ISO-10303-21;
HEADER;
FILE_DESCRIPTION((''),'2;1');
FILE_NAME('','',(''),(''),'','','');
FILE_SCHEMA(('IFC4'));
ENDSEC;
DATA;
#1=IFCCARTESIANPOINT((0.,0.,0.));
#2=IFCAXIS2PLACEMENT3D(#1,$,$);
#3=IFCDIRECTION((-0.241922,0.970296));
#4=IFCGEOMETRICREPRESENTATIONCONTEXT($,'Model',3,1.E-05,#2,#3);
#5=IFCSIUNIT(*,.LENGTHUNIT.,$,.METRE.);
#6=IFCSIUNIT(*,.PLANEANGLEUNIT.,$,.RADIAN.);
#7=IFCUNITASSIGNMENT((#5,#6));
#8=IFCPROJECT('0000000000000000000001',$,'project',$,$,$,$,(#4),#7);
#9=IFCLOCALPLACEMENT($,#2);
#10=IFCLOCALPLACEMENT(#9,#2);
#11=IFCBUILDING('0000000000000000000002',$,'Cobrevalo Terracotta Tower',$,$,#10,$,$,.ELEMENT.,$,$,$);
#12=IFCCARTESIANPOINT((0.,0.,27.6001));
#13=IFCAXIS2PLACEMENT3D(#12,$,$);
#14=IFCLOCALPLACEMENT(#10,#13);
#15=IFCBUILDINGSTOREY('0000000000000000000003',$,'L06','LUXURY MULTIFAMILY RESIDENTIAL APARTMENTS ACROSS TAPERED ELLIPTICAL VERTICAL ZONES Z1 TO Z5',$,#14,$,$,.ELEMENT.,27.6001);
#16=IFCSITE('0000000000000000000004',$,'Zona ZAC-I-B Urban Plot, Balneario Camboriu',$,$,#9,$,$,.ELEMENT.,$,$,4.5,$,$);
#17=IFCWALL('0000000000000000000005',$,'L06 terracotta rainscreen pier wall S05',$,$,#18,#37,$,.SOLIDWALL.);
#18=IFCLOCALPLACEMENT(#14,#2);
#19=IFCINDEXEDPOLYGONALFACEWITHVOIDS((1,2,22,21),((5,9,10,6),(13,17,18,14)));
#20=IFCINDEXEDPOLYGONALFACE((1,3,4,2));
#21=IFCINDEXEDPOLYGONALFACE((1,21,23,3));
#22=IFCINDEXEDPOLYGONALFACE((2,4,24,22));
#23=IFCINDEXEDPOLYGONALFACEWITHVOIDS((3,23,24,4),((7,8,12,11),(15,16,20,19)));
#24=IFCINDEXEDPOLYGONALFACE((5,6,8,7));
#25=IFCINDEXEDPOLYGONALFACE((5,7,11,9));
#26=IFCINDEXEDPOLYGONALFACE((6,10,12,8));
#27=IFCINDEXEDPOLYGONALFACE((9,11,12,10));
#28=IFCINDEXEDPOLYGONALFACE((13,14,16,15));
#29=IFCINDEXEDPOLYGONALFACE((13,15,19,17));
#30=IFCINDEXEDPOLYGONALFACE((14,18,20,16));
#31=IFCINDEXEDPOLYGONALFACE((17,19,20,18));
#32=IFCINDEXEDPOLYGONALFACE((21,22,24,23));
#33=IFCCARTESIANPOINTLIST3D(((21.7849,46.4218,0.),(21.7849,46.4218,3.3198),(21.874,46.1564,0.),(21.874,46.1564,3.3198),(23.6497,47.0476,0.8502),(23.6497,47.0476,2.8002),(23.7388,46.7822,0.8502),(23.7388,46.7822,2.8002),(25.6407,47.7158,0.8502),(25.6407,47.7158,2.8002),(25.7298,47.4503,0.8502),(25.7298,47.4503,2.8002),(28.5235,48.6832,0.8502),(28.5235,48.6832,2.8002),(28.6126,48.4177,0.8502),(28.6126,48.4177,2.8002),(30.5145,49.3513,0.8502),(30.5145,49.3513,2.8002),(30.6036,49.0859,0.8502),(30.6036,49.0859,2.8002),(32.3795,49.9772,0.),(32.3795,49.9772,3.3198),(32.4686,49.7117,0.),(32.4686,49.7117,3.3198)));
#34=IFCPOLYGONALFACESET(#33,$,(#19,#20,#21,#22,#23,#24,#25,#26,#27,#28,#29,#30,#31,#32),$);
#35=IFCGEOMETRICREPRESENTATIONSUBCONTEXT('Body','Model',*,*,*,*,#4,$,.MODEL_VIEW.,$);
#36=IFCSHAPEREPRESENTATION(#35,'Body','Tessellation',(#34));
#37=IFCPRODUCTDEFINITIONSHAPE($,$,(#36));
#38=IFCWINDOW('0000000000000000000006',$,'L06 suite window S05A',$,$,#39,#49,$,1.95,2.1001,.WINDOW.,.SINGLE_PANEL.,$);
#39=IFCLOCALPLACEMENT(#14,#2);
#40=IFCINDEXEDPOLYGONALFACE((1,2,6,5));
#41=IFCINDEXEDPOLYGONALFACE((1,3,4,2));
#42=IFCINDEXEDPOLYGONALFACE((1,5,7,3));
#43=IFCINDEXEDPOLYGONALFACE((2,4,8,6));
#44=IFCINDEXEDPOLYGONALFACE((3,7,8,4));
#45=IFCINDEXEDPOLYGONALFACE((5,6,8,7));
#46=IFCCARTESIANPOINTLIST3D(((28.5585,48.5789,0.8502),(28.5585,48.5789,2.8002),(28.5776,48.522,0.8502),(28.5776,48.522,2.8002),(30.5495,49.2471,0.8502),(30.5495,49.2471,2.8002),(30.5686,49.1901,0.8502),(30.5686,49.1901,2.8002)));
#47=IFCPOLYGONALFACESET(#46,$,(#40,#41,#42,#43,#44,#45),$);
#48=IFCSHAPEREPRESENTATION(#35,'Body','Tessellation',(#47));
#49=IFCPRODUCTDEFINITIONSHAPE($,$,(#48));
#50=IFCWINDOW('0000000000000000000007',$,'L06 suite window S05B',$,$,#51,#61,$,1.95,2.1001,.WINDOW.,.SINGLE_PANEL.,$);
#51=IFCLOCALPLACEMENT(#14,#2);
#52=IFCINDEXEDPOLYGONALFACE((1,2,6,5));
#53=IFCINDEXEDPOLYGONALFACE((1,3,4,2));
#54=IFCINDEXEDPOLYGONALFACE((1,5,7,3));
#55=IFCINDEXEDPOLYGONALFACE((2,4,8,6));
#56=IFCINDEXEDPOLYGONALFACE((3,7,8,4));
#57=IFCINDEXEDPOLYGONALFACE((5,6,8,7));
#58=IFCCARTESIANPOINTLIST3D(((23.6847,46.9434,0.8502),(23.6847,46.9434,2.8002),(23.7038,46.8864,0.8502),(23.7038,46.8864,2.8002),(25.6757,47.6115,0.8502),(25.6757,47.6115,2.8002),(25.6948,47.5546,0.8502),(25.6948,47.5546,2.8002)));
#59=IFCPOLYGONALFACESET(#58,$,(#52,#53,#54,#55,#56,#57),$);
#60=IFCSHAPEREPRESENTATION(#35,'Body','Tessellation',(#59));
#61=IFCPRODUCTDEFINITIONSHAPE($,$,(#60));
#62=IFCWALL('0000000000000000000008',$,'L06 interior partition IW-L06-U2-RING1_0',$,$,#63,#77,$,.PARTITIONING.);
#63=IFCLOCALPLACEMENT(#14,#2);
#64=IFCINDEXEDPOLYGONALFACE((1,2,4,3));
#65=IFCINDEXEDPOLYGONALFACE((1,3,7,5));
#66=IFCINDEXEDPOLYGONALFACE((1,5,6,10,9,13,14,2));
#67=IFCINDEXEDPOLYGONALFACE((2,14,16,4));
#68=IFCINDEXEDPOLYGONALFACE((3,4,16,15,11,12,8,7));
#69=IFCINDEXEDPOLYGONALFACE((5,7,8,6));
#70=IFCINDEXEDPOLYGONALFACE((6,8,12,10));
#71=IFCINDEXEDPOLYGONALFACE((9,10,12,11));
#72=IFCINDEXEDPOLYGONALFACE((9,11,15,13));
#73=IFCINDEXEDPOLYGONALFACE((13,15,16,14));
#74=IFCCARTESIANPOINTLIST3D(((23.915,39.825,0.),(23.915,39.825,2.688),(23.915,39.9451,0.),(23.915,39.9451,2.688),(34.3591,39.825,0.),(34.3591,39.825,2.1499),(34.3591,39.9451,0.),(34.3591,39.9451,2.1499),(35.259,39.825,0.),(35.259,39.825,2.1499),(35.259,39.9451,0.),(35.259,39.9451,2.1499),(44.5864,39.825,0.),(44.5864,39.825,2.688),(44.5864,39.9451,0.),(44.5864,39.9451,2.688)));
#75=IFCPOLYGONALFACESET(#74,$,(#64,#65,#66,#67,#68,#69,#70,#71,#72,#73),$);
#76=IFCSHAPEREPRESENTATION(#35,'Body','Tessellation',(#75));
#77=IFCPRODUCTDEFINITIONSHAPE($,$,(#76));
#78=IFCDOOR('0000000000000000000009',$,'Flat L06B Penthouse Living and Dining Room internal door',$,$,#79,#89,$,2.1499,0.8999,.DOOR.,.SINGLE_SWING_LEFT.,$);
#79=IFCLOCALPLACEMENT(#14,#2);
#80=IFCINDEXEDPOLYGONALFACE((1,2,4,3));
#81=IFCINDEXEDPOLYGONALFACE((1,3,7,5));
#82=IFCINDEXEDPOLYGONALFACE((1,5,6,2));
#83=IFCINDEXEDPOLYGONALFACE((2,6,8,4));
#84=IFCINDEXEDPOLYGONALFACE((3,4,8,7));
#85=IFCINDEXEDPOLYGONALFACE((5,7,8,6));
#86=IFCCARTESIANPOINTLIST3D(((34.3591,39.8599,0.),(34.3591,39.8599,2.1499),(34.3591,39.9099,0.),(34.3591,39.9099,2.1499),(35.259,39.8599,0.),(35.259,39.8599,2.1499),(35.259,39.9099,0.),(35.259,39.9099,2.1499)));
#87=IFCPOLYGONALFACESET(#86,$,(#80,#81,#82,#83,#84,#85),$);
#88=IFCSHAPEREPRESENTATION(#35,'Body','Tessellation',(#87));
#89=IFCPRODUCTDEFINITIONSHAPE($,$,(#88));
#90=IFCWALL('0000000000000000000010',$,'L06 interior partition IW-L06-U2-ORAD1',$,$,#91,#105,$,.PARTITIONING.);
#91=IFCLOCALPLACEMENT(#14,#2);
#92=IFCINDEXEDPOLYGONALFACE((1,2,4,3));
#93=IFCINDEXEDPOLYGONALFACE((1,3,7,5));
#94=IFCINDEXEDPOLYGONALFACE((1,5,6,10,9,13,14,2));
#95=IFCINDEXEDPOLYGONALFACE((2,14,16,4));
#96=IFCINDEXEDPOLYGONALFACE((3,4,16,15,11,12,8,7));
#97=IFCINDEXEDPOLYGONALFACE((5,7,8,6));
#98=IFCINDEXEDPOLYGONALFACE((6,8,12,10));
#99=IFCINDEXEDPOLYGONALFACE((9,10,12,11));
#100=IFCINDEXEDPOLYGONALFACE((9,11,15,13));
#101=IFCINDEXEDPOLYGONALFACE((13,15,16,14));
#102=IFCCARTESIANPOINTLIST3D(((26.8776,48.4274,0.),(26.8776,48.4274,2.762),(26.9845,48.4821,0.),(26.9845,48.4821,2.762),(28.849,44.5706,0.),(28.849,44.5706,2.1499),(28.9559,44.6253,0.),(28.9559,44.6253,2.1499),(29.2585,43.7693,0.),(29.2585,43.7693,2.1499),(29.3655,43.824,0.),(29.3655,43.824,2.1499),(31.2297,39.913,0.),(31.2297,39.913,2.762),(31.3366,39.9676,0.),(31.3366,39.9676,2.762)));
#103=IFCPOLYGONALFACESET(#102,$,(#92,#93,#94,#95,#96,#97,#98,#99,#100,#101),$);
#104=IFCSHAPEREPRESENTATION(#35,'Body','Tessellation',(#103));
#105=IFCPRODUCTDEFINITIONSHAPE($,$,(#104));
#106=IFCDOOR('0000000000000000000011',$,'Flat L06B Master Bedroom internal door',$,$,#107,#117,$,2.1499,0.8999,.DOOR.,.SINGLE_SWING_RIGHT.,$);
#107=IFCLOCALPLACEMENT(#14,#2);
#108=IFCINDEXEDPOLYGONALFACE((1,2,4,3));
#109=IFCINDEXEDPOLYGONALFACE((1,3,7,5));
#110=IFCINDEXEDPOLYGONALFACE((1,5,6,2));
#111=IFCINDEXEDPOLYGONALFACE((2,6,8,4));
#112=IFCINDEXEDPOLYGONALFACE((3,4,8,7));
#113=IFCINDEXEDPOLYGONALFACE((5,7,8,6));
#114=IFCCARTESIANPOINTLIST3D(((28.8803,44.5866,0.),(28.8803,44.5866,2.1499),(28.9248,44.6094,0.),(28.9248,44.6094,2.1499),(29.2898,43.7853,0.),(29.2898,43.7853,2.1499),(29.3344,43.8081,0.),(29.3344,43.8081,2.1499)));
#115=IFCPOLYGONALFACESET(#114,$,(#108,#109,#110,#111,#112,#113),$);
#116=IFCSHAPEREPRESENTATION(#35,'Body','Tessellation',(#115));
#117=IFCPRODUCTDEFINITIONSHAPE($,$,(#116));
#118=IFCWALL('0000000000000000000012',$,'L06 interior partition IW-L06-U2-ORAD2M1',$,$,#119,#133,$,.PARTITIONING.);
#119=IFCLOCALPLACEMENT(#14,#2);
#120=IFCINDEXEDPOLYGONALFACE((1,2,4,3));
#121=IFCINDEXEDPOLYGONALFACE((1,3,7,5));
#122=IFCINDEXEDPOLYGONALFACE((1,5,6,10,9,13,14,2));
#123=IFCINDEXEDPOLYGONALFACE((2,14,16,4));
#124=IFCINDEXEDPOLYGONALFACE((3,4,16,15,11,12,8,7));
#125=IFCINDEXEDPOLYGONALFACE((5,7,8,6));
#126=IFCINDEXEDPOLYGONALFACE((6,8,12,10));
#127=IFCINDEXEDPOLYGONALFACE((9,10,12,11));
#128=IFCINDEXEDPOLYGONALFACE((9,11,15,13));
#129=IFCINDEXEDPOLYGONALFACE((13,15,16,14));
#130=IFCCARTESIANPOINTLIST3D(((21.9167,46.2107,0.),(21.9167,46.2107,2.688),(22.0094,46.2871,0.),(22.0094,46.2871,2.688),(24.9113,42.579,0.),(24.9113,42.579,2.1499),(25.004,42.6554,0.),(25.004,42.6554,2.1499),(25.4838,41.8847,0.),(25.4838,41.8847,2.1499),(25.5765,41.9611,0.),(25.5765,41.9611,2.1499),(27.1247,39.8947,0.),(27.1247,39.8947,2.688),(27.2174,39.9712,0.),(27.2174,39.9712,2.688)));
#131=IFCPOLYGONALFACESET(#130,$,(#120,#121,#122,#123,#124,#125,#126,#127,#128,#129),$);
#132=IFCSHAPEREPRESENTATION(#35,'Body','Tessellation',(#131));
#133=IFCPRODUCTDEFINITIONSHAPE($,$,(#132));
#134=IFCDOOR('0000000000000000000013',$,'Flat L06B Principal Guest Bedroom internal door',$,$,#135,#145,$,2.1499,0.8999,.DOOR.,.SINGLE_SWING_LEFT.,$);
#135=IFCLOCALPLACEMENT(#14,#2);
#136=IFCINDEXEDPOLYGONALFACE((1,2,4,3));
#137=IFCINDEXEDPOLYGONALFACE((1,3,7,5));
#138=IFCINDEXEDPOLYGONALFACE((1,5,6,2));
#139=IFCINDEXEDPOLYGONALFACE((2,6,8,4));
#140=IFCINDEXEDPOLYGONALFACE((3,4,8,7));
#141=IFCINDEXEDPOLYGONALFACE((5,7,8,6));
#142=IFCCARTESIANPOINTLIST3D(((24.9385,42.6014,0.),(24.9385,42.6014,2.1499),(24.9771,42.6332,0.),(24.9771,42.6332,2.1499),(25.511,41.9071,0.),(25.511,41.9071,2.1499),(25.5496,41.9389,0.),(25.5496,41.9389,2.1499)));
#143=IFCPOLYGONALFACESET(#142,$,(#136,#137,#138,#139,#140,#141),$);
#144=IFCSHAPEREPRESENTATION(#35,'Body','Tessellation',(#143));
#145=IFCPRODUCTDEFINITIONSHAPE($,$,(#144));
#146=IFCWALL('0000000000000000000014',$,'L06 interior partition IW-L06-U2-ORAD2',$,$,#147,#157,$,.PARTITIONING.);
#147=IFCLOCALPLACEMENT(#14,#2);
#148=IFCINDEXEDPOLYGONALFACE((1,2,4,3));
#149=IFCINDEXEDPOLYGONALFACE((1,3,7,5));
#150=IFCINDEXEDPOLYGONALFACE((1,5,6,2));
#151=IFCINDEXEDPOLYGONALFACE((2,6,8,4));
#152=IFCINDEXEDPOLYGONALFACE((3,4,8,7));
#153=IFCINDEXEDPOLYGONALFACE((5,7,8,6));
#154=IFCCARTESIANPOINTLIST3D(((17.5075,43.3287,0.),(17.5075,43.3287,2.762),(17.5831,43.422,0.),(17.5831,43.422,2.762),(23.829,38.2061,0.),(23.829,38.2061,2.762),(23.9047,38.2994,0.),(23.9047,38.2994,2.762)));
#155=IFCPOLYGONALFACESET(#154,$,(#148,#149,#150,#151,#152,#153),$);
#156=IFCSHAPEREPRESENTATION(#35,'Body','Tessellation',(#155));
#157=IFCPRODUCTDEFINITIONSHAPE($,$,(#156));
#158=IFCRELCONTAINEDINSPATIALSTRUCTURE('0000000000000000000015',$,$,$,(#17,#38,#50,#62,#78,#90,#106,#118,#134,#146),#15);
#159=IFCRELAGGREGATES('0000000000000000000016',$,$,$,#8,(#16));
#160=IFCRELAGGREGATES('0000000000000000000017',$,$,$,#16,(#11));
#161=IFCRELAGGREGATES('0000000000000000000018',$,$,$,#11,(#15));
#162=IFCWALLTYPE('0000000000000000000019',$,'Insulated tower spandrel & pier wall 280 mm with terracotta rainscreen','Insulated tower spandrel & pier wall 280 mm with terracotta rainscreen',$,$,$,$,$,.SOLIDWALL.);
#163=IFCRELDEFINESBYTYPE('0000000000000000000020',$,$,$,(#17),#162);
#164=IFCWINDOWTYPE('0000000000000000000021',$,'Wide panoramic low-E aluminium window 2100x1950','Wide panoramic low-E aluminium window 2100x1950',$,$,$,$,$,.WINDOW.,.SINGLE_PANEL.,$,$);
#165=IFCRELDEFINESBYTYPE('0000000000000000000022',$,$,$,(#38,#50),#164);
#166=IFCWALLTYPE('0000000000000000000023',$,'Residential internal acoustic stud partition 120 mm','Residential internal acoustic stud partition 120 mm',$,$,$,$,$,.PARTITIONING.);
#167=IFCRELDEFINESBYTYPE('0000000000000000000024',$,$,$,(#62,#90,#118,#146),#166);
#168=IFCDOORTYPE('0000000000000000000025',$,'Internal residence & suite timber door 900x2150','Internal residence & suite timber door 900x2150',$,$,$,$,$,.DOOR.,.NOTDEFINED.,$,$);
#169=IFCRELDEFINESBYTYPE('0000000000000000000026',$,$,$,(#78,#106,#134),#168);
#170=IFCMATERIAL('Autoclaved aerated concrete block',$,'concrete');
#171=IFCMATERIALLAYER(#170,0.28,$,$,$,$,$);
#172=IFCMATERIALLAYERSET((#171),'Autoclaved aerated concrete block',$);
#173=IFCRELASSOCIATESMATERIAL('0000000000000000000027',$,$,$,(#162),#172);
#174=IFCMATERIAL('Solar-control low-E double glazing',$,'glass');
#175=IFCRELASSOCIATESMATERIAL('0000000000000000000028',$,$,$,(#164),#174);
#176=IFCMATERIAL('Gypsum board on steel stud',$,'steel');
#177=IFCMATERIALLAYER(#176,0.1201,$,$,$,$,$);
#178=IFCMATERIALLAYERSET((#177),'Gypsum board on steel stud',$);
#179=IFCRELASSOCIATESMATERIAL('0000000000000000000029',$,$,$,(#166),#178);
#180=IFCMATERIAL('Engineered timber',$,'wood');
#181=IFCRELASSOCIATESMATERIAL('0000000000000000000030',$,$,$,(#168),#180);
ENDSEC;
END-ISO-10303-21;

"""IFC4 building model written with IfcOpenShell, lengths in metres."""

from ifc_helpers import new_model, si_unit, direction, frame, frame_2d, origin, place, context, subcontext, project, spatial, rectangle, extrude, source, transform, mapped, material, layer, layer_set, type_object, element, fill, save


model = new_model("IFC4")

# Units and contexts
model_context = context("Model", 3, precision=1e-05, world=origin(), true_north=direction((-0.241922, 0.970296)))
body_context = subcontext(model_context, "Body", "Model", "MODEL_VIEW")
ifc_project = project(units=[si_unit("LENGTHUNIT", "METRE"), si_unit("PLANEANGLEUNIT", "RADIAN")], contexts=[model_context])

# Site, building, storey
site_placement = place(None, origin())
site = spatial("IfcSite", under=ifc_project, at=site_placement, Name="Zona ZAC-I-B Urban Plot, Balneario Camboriu", CompositionType="ELEMENT", RefElevation=4.5)
building_placement = place(site_placement, origin())
building = spatial("IfcBuilding", under=site, at=building_placement, Name="Cobrevalo Terracotta Tower", CompositionType="ELEMENT")
storey_placement = place(building_placement, frame((0.0, 0.0, 27.6001)))
storey = spatial("IfcBuildingStorey", under=building, at=storey_placement, Name="L06", Description="LUXURY MULTIFAMILY RESIDENTIAL APARTMENTS ACROSS TAPERED ELLIPTICAL VERTICAL ZONES Z1 TO Z5", CompositionType="ELEMENT", Elevation=27.6001)

# Shared definitions
ifc_material_1 = material(Name="Gypsum board on steel stud", Category="steel")

# Wall, openings, windows
ifc_material_2 = material(Name="Autoclaved aerated concrete block", Category="concrete")
ifc_layer_1 = layer(ifc_material_2, 0.28)
ifc_layer_set_1 = layer_set([ifc_layer_1], Name="Autoclaved aerated concrete block")
wall_type_1 = type_object("IfcWallType", Name="Insulated tower spandrel & pier wall 280 mm with terracotta rainscreen", Description="Insulated tower spandrel & pier wall 280 mm with terracotta rainscreen", PredefinedType="SOLIDWALL", material=ifc_layer_set_1)
wall_1_placement = place(storey_placement, frame((32.4241, 49.8445, 0.0), z_axis=(0.0, 0.0, 1.0), x_axis=(-0.948041, -0.318147, 0.0)))
wall_1 = element("IfcWall", 1, at=wall_1_placement, inside=storey, type_object=wall_type_1, Name="L06 terracotta rainscreen pier wall S05", PredefinedType="SOLIDWALL", context=body_context, shape_type="SweptSolid", body=[
    extrude(rectangle(XDim=11.1753, YDim=0.28, at=frame_2d((5.5876, 0.0))), origin(), (0.0, 0.0, 1.0), 3.3198),
])
opening_1_placement = place(wall_1_placement, frame((1.9673, 0.0, 0.8501)))
opening_1 = element("IfcOpeningElement", 2, at=opening_1_placement, cuts=wall_1, PredefinedType="OPENING", context=body_context, shape_type="SweptSolid", body=[
    extrude(rectangle(XDim=2.1001, YDim=1.95, at=frame_2d((1.05, 0.9751))), frame((0.0, 0.1499, 0.0), z_axis=(0.0, -1.0, 0.0), x_axis=(1.0, 0.0, 0.0)), (0.0, 0.0, 1.0), 0.3),
])
opening_2_placement = place(wall_1_placement, frame((7.1082, 0.0, 0.8501)))
opening_2 = element("IfcOpeningElement", 3, at=opening_2_placement, cuts=wall_1, PredefinedType="OPENING", context=body_context, shape_type="SweptSolid", body=[
    extrude(rectangle(XDim=2.1001, YDim=1.95, at=frame_2d((1.05, 0.9751))), frame((0.0, 0.1499, 0.0), z_axis=(0.0, -1.0, 0.0), x_axis=(1.0, 0.0, 0.0)), (0.0, 0.0, 1.0), 0.3),
])
ifc_material_3 = material(Name="Solar-control low-E double glazing", Category="glass")
window_type = type_object("IfcWindowType", Name="Wide panoramic low-E aluminium window 2100x1950", Description="Wide panoramic low-E aluminium window 2100x1950", PartitioningType="SINGLE_PANEL", PredefinedType="WINDOW", material=ifc_material_3)
shared_shape_1 = source(origin(), body_context, "Body", "SweptSolid", [
    extrude(rectangle(XDim=2.1001, YDim=1.95, at=frame_2d((1.05, 0.9751))), frame((0.0, 0.03, 0.0), z_axis=(0.0, -1.0, 0.0), x_axis=(1.0, 0.0, 0.0)), (0.0, 0.0, 1.0), 0.0601),
])
window_1_placement = place(opening_1_placement, origin())
window_1 = element("IfcWindow", 4, at=window_1_placement, inside=storey, type_object=window_type, Name="L06 suite window S05A", OverallHeight=1.95, OverallWidth=2.1001, PartitioningType="SINGLE_PANEL", PredefinedType="WINDOW", context=body_context, shape_type="MappedRepresentation", body=[
    mapped(shared_shape_1, transform((0.0, 0.0, 0.0), scale=1.0)),
])
fill(opening_1, window_1)
window_2_placement = place(opening_2_placement, origin())
window_2 = element("IfcWindow", 5, at=window_2_placement, inside=storey, type_object=window_type, Name="L06 suite window S05B", OverallHeight=1.95, OverallWidth=2.1001, PartitioningType="SINGLE_PANEL", PredefinedType="WINDOW", context=body_context, shape_type="MappedRepresentation", body=[
    mapped(shared_shape_1, transform((0.0, 0.0, 0.0), scale=1.0)),
])
fill(opening_2, window_2)

# Walls, openings, doors
ifc_layer_2 = layer(ifc_material_1, 0.1201)
ifc_layer_set_2 = layer_set([ifc_layer_2], Name="Gypsum board on steel stud")
wall_type_2 = type_object("IfcWallType", Name="Residential internal acoustic stud partition 120 mm", Description="Residential internal acoustic stud partition 120 mm", PredefinedType="PARTITIONING", material=ifc_layer_set_2)
wall_2_placement = place(storey_placement, frame((23.915, 39.885, 0.0), z_axis=(0.0, 0.0, 1.0), x_axis=(1.0, 0.0, 0.0)))
wall_2 = element("IfcWall", 6, at=wall_2_placement, inside=storey, type_object=wall_type_2, Name="L06 interior partition IW-L06-U2-RING1_0", PredefinedType="PARTITIONING", context=body_context, shape_type="SweptSolid", body=[
    extrude(rectangle(XDim=20.6714, YDim=0.1201, at=frame_2d((10.3357, 0.0))), origin(), (0.0, 0.0, 1.0), 2.688),
])
opening_3_placement = place(wall_2_placement, frame((10.4441, 0.0, 0.0)))
opening_3 = element("IfcOpeningElement", 7, at=opening_3_placement, cuts=wall_2, PredefinedType="OPENING", context=body_context, shape_type="SweptSolid", body=[
    extrude(rectangle(XDim=0.8999, YDim=2.1499, at=frame_2d((0.45, 1.075))), frame((0.0, 0.0701, 0.0), z_axis=(0.0, -1.0, 0.0), x_axis=(1.0, 0.0, 0.0)), (0.0, 0.0, 1.0), 0.1401),
])
ifc_material_4 = material(Name="Engineered timber", Category="wood")
door_type_1 = type_object("IfcDoorType", Name="Internal residence & suite timber door 900x2150", Description="Internal residence & suite timber door 900x2150", OperationType="NOTDEFINED", PredefinedType="DOOR", material=ifc_material_4)
shared_shape_2 = source(origin(), body_context, "Body", "SweptSolid", [
    extrude(rectangle(XDim=0.8999, YDim=2.1499, at=frame_2d((0.45, 1.075))), frame((0.0, 0.0249, 0.0), z_axis=(0.0, -1.0, 0.0), x_axis=(1.0, 0.0, 0.0)), (0.0, 0.0, 1.0), 0.05),
])
door_1_placement = place(opening_3_placement, origin())
door_1 = element("IfcDoor", 8, at=door_1_placement, inside=storey, type_object=door_type_1, Name="Flat L06B Penthouse Living and Dining Room internal door", OperationType="SINGLE_SWING_LEFT", OverallHeight=2.1499, OverallWidth=0.8999, PredefinedType="DOOR", context=body_context, shape_type="MappedRepresentation", body=[
    mapped(shared_shape_2, transform((0.0, 0.0, 0.0), scale=1.0)),
])
fill(opening_3, door_1)
wall_3_placement = place(storey_placement, frame((31.2832, 39.9402, 0.0), z_axis=(0.0, 0.0, 1.0), x_axis=(-0.455131, 0.890424, 0.0)))
wall_3 = element("IfcWall", 9, at=wall_3_placement, inside=storey, type_object=wall_type_2, Name="L06 interior partition IW-L06-U2-ORAD1", PredefinedType="PARTITIONING", context=body_context, shape_type="SweptSolid", body=[
    extrude(rectangle(XDim=9.5623, YDim=0.1201, at=frame_2d((4.7812, 0.0))), origin(), (0.0, 0.0, 1.0), 2.762),
])
opening_4_placement = place(wall_3_placement, frame((4.3311, 0.0, 0.0)))
opening_4 = element("IfcOpeningElement", 10, at=opening_4_placement, cuts=wall_3, PredefinedType="OPENING", context=body_context, shape_type="SweptSolid", body=[
    extrude(rectangle(XDim=0.8999, YDim=2.1499, at=frame_2d((0.45, 1.075))), frame((0.0, 0.0701, 0.0), z_axis=(0.0, -1.0, 0.0), x_axis=(1.0, 0.0, 0.0)), (0.0, 0.0, 1.0), 0.1401),
])
door_2_placement = place(opening_4_placement, origin())
door_2 = element("IfcDoor", 11, at=door_2_placement, inside=storey, type_object=door_type_1, Name="Flat L06B Master Bedroom internal door", OperationType="SINGLE_SWING_RIGHT", OverallHeight=2.1499, OverallWidth=0.8999, PredefinedType="DOOR", context=body_context, shape_type="MappedRepresentation", body=[
    mapped(shared_shape_2, transform((0.0, 0.0, 0.0), scale=1.0)),
])
fill(opening_4, door_2)
wall_4_placement = place(storey_placement, frame((27.1711, 39.9329, 0.0), z_axis=(0.0, 0.0, 1.0), x_axis=(-0.636192, 0.771531, 0.0)))
wall_4 = element("IfcWall", 12, at=wall_4_placement, inside=storey, type_object=wall_type_2, Name="L06 interior partition IW-L06-U2-ORAD2M1", PredefinedType="PARTITIONING", context=body_context, shape_type="SweptSolid", body=[
    extrude(rectangle(XDim=8.1863, YDim=0.1201, at=frame_2d((4.0933, 0.0))), origin(), (0.0, 0.0, 1.0), 2.688),
])
opening_5_placement = place(wall_4_placement, frame((2.5793, 0.0, 0.0)))
opening_5 = element("IfcOpeningElement", 13, at=opening_5_placement, cuts=wall_4, PredefinedType="OPENING", context=body_context, shape_type="SweptSolid", body=[
    extrude(rectangle(XDim=0.8999, YDim=2.1499, at=frame_2d((0.45, 1.075))), frame((0.0, 0.0701, 0.0), z_axis=(0.0, -1.0, 0.0), x_axis=(1.0, 0.0, 0.0)), (0.0, 0.0, 1.0), 0.1401),
])
door_3_placement = place(opening_5_placement, origin())
door_3 = element("IfcDoor", 14, at=door_3_placement, inside=storey, type_object=door_type_1, Name="Flat L06B Principal Guest Bedroom internal door", OperationType="SINGLE_SWING_LEFT", OverallHeight=2.1499, OverallWidth=0.8999, PredefinedType="DOOR", context=body_context, shape_type="MappedRepresentation", body=[
    mapped(shared_shape_2, transform((0.0, 0.0, 0.0), scale=1.0)),
])
fill(opening_5, door_3)

# Wall
wall_5_placement = place(storey_placement, frame((23.8669, 38.2527, 0.0), z_axis=(0.0, 0.0, 1.0), x_axis=(-0.776937, 0.629579, 0.0)))
element("IfcWall", 15, at=wall_5_placement, inside=storey, type_object=wall_type_2, Name="L06 interior partition IW-L06-U2-ORAD2", PredefinedType="PARTITIONING", context=body_context, shape_type="SweptSolid", body=[
    extrude(rectangle(XDim=8.1365, YDim=0.1201, at=frame_2d((4.0684, 0.0))), origin(), (0.0, 0.0, 1.0), 2.762),
])

save(model, "model.ifc")
